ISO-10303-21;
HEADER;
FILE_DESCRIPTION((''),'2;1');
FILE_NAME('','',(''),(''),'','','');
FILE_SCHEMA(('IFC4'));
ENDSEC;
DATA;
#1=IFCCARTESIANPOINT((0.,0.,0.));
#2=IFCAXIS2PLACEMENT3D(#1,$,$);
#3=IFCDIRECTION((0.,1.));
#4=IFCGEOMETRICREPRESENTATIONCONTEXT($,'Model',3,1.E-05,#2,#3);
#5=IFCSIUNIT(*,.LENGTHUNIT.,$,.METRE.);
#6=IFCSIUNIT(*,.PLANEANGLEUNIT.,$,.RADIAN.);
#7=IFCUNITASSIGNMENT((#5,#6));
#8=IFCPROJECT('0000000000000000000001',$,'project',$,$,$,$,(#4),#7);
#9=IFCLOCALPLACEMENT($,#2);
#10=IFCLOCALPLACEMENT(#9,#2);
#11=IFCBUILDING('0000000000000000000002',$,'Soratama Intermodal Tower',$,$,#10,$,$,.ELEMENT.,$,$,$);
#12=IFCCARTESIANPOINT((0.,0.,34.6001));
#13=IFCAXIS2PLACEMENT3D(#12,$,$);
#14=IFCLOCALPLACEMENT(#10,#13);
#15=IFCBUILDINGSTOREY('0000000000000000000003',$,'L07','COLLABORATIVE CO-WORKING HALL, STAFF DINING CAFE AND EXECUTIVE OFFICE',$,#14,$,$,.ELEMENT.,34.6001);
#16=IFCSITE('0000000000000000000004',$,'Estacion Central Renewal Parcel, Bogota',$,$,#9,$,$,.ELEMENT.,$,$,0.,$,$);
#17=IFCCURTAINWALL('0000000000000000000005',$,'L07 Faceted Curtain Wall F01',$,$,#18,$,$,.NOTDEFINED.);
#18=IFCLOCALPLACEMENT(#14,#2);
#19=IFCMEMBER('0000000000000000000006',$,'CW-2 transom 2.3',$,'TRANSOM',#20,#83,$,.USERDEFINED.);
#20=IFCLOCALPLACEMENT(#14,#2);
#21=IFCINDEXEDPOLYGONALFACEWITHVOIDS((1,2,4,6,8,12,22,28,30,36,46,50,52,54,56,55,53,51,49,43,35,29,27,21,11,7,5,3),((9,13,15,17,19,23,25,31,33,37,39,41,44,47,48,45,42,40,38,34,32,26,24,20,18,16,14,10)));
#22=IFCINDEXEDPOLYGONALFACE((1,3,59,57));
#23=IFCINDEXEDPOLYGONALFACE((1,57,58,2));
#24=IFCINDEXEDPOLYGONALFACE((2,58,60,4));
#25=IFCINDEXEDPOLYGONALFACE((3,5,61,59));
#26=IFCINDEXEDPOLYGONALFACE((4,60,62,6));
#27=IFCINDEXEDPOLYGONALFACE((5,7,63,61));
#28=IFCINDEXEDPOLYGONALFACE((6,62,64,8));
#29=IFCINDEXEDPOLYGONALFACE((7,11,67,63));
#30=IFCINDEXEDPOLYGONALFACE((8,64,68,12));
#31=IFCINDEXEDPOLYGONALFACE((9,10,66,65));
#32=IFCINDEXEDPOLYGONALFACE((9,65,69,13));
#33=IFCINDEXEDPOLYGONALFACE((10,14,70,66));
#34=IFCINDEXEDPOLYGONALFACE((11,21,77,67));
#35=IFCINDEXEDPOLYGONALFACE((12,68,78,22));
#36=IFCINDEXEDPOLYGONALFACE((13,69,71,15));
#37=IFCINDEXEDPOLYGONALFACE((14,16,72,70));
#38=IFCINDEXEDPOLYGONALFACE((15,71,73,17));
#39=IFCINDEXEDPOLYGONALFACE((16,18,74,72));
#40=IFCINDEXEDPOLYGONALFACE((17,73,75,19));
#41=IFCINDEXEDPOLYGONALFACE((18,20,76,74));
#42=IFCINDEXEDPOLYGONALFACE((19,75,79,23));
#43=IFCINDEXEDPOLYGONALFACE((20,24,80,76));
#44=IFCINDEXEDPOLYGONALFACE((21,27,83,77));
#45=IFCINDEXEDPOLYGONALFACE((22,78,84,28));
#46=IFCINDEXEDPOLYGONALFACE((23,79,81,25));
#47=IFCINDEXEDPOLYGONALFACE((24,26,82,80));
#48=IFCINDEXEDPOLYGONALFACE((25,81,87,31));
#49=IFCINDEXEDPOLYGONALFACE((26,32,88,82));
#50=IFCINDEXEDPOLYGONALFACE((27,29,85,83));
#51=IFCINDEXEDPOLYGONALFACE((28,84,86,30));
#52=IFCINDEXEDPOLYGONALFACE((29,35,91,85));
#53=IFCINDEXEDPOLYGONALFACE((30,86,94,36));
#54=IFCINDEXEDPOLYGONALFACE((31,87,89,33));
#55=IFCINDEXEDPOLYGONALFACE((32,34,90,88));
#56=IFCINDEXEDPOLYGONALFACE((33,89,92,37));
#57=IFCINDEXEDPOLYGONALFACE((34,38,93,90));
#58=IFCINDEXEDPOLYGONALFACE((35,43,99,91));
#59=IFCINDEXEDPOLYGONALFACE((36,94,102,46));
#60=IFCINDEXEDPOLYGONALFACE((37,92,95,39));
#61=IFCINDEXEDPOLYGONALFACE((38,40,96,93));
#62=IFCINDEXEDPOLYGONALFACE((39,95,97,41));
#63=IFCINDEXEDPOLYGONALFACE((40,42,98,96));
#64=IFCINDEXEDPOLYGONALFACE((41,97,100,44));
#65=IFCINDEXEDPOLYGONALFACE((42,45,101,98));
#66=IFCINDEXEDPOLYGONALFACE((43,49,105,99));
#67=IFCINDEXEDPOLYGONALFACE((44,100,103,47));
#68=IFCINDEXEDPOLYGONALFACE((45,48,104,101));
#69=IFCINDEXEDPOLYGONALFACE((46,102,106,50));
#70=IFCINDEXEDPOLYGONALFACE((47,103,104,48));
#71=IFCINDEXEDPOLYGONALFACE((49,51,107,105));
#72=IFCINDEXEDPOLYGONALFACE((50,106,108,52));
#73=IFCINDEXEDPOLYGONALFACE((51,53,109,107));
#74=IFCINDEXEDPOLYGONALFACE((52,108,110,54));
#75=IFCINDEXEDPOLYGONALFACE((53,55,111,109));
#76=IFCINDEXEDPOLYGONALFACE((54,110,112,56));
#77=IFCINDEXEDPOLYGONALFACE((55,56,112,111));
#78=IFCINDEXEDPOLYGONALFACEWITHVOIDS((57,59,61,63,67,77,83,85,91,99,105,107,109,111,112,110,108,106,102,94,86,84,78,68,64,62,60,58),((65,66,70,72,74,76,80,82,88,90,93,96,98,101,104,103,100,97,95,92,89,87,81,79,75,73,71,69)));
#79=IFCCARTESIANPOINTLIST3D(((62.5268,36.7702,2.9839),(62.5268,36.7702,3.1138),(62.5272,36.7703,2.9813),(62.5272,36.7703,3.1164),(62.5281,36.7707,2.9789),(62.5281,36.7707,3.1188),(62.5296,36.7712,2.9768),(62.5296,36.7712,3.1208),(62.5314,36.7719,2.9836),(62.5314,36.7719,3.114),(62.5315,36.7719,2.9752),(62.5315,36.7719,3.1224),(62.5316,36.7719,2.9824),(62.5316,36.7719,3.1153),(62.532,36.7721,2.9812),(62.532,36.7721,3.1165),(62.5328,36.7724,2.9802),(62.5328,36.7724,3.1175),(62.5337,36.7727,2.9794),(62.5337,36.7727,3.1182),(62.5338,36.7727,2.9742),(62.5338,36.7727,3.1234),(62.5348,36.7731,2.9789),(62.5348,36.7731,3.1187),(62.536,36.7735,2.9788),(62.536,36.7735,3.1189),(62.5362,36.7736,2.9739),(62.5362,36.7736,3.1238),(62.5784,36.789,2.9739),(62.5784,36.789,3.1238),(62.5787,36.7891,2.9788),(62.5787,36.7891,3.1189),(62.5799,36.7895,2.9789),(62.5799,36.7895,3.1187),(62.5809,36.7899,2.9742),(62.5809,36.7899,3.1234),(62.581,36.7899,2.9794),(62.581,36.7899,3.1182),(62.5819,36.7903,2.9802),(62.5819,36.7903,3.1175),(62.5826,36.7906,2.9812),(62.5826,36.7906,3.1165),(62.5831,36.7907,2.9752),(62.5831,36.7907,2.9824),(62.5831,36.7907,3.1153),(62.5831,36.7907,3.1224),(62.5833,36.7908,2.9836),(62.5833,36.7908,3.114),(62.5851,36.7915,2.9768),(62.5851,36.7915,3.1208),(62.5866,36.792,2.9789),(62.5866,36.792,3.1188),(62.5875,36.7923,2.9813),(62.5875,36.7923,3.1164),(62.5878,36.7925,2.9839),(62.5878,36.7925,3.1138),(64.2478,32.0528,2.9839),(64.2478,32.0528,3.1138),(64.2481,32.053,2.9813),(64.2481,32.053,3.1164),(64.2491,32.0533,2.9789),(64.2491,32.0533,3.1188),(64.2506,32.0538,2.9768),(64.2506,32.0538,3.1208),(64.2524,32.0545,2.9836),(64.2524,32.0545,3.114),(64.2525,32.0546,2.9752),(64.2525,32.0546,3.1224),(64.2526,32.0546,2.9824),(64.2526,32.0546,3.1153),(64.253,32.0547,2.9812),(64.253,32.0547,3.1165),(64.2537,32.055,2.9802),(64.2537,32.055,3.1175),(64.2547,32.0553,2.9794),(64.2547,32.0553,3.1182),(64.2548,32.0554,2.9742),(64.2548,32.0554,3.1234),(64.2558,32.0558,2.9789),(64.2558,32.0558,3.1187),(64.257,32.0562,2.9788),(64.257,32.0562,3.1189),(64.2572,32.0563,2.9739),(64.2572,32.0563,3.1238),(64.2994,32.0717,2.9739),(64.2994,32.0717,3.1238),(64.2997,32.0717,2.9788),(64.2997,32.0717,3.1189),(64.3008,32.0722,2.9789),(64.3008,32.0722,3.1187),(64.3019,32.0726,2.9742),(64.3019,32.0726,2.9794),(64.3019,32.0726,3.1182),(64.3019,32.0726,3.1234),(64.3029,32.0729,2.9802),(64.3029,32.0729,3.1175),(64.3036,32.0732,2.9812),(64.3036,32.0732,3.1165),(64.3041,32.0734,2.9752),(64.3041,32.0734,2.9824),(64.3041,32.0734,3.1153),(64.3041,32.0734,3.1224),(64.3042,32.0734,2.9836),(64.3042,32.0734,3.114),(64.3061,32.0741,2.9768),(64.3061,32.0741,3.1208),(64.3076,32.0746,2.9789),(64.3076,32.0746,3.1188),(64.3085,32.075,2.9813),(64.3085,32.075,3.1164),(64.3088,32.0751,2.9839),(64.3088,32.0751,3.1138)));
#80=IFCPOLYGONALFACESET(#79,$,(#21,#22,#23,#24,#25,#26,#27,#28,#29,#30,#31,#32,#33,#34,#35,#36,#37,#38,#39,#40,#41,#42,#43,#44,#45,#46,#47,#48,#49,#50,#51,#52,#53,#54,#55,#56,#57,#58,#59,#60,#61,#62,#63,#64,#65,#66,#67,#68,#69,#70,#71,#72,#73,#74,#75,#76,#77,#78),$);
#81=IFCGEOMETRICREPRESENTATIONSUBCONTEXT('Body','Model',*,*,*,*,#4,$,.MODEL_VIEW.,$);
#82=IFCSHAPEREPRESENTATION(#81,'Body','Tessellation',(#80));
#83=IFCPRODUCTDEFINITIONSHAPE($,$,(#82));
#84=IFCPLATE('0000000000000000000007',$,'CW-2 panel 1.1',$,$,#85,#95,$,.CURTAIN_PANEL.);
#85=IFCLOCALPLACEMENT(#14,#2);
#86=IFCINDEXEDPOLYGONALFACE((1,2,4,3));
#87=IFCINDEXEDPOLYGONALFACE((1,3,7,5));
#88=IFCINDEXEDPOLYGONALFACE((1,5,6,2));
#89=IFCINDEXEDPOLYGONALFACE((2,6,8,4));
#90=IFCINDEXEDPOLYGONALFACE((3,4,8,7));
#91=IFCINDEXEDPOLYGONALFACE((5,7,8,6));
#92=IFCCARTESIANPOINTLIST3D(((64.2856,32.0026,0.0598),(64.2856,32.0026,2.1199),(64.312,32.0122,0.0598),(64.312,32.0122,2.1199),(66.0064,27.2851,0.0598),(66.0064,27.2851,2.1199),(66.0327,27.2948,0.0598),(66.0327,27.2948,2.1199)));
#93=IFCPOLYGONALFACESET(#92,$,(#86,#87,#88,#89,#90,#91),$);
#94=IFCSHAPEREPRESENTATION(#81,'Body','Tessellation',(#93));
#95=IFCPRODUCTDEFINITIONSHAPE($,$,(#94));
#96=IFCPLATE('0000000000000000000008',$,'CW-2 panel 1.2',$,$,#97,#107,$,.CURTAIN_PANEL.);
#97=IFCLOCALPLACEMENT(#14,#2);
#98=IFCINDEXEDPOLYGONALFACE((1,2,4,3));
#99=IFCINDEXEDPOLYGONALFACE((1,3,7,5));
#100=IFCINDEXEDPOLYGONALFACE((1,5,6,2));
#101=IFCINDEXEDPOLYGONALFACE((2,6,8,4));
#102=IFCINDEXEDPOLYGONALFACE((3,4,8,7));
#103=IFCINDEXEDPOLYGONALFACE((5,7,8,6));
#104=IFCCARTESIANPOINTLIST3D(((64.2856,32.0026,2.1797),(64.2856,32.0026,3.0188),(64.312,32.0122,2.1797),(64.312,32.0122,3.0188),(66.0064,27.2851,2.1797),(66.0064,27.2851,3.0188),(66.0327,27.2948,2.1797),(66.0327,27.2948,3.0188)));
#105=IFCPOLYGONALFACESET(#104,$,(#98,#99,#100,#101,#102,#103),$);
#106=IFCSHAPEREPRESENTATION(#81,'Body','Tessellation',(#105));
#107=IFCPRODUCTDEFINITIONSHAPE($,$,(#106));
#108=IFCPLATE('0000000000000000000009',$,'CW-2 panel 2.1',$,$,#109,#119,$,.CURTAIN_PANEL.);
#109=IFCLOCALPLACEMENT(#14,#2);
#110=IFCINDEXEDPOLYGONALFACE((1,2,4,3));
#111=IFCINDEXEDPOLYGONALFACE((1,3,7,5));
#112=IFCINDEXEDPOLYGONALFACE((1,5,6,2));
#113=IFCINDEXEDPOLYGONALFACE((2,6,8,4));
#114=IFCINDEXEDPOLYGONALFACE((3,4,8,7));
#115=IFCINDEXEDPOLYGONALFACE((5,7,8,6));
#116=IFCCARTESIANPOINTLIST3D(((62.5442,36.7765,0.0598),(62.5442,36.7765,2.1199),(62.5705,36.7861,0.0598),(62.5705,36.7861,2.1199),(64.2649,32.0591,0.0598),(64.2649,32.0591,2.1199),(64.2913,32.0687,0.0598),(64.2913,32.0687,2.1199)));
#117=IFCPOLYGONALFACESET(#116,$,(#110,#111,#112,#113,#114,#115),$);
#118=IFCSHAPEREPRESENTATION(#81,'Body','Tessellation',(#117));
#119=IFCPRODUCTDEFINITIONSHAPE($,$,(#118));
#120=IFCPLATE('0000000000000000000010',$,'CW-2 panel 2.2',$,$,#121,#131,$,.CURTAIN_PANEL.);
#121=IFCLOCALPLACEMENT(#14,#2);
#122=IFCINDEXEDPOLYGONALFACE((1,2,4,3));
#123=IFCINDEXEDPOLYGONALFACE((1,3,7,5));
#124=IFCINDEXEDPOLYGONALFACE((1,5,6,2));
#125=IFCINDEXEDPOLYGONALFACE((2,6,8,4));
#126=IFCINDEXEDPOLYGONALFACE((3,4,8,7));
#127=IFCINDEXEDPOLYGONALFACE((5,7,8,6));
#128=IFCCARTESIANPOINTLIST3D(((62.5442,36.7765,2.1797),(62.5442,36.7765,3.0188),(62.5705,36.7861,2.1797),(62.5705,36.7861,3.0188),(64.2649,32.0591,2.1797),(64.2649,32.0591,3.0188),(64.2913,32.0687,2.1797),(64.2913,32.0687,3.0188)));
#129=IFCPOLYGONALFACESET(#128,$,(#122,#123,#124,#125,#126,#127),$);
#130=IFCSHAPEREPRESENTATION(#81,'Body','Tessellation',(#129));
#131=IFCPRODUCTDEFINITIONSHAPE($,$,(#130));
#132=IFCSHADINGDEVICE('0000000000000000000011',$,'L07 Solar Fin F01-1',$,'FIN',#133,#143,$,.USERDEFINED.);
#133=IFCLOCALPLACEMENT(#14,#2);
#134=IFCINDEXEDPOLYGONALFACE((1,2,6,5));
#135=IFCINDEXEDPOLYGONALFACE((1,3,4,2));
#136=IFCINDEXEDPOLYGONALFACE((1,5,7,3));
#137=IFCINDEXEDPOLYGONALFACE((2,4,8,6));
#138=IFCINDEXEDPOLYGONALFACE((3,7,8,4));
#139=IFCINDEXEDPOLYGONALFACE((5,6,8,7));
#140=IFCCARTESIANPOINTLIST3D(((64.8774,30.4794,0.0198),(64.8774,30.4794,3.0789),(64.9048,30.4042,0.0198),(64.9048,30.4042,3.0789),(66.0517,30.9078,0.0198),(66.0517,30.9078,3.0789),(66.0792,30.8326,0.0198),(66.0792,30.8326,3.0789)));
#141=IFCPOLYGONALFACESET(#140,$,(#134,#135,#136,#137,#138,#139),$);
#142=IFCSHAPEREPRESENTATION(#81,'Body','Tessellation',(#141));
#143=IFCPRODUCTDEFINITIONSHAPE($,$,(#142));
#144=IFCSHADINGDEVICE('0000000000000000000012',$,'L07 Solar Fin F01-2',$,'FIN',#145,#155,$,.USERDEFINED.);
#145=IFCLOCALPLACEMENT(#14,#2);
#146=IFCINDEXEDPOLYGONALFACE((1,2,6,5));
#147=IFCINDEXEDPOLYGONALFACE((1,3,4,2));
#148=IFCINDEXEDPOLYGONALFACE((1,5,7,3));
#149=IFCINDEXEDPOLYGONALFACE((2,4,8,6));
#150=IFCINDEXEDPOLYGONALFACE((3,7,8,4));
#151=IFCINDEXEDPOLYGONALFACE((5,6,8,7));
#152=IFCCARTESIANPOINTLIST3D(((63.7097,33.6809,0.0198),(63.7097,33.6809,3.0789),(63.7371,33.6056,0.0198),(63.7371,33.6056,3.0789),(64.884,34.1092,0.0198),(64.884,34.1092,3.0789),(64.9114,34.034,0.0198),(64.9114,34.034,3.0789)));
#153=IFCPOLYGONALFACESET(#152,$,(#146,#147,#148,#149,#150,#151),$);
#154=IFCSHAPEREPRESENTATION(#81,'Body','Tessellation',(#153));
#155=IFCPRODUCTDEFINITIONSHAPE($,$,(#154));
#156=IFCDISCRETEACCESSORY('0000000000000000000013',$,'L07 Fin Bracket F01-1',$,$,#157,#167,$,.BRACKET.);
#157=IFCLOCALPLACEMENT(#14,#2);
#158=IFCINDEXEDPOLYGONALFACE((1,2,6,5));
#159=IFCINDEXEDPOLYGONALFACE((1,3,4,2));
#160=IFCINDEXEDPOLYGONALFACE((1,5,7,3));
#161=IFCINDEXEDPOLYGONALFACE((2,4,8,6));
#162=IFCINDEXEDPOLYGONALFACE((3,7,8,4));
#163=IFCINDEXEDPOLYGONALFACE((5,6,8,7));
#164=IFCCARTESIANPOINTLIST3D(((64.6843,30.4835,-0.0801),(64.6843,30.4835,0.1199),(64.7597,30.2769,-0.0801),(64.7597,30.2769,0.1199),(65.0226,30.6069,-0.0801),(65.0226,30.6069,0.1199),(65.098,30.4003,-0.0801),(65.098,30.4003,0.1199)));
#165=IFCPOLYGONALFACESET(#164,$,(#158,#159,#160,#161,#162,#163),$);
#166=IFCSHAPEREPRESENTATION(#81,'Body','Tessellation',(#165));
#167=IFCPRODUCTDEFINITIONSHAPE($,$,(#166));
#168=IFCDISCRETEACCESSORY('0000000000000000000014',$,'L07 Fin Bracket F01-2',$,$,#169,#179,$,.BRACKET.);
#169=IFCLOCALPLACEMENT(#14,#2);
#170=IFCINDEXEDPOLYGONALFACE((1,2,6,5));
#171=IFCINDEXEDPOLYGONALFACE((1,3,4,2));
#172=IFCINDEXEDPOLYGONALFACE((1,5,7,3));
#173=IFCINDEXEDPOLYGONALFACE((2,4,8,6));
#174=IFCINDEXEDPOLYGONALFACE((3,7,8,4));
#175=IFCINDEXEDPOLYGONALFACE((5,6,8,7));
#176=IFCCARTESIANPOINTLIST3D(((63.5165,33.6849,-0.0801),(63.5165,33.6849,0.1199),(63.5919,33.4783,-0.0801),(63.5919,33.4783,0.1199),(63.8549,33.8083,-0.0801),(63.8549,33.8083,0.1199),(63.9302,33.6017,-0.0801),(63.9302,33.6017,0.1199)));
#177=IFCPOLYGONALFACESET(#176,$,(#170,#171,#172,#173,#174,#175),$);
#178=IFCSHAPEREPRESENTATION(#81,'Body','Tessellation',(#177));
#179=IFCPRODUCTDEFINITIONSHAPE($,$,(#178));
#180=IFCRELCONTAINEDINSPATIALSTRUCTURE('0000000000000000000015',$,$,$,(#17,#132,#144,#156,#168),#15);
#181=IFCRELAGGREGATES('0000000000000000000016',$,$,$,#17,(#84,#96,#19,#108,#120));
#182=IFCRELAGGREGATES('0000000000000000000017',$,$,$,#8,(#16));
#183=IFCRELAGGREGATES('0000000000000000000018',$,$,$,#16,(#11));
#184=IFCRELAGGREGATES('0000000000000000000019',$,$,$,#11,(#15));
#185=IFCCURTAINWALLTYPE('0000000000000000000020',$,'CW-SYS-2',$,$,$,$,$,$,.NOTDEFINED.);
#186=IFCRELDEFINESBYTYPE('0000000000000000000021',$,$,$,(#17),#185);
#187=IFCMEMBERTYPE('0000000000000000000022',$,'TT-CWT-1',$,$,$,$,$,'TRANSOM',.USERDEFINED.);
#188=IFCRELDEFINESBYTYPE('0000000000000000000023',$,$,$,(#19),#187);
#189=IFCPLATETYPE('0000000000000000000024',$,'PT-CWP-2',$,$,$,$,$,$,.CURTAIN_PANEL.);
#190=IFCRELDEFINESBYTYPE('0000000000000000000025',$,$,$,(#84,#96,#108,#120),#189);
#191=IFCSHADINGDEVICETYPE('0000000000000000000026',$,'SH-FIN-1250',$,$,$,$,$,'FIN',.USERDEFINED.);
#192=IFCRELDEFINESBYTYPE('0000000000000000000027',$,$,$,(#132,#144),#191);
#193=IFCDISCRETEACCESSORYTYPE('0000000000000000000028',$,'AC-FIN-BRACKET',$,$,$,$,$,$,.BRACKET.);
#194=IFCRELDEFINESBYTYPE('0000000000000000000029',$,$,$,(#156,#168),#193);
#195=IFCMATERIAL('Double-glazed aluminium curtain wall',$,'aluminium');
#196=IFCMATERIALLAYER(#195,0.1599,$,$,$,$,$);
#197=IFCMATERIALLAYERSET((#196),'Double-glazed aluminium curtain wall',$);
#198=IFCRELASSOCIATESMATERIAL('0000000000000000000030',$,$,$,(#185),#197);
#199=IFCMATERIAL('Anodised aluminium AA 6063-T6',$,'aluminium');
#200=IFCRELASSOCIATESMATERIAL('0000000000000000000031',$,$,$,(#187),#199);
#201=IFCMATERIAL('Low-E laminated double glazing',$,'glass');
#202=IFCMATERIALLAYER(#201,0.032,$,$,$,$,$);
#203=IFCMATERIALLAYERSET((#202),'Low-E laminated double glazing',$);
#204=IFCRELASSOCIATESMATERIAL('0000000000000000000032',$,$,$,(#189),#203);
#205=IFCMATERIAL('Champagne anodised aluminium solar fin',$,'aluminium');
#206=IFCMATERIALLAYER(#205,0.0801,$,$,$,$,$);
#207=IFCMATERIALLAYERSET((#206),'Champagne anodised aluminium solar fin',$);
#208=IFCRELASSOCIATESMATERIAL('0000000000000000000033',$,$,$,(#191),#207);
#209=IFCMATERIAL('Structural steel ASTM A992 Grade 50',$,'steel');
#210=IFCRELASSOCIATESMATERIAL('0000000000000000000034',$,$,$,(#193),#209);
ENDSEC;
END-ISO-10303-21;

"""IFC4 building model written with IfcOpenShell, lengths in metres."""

from ifc_helpers import new_model, si_unit, direction, frame, origin, origin_2d, place, context, subcontext, project, spatial, rectangle, hollow_rectangle, extrude, material, layer, layer_set, material_profile, profile_set, type_object, element, aggregate, save


model = new_model("IFC4")

# Units and contexts
model_context = context("Model", 3, precision=1e-05, world=origin(), true_north=direction((0.0, 1.0)))
body_context = subcontext(model_context, "Body", "Model", "MODEL_VIEW")
ifc_project = project(units=[si_unit("LENGTHUNIT", "METRE"), si_unit("PLANEANGLEUNIT", "RADIAN")], contexts=[model_context])

# Site, building, storey
site_placement = place(None, origin())
site = spatial("IfcSite", under=ifc_project, at=site_placement, Name="Estacion Central Renewal Parcel, Bogota", CompositionType="ELEMENT", RefElevation=0.0)
building_placement = place(site_placement, origin())
building = spatial("IfcBuilding", under=site, at=building_placement, Name="Soratama Intermodal Tower", CompositionType="ELEMENT")
storey_placement = place(building_placement, frame((0.0, 0.0, 34.6001)))
storey = spatial("IfcBuildingStorey", under=building, at=storey_placement, Name="L07", Description="COLLABORATIVE CO-WORKING HALL, STAFF DINING CAFE AND EXECUTIVE OFFICE", CompositionType="ELEMENT", Elevation=34.6001)

# Curtain wall, member, plates
ifc_material_1 = material(Name="Double-glazed aluminium curtain wall", Category="aluminium")
ifc_layer_1 = layer(ifc_material_1, 0.1599)
ifc_layer_set_1 = layer_set([ifc_layer_1], Name="Double-glazed aluminium curtain wall")
curtain_wall_type = type_object("IfcCurtainWallType", Name="CW-SYS-2", PredefinedType="NOTDEFINED", material=ifc_layer_set_1)
curtain_wall_placement = place(storey_placement, origin())
curtain_wall = element("IfcCurtainWall", 1, at=curtain_wall_placement, inside=storey, type_object=curtain_wall_type, Name="L07 Faceted Curtain Wall F01", PredefinedType="NOTDEFINED")
ifc_material_2 = material(Name="Anodised aluminium AA 6063-T6", Category="aluminium")
ifc_material_profile_1 = material_profile(ifc_material_2, hollow_rectangle(XDim=0.0649, YDim=0.1499, WallThickness=0.0049, InnerFilletRadius=0.0049, OuterFilletRadius=0.01, at=origin_2d()), Name="CWT150X65X5")
ifc_profile_set_1 = profile_set([ifc_material_profile_1], Name="Anodised aluminium AA 6063-T6")
member_type_1 = type_object("IfcMemberType", Name="TT-CWT-1", ElementType="TRANSOM", PredefinedType="USERDEFINED", material=ifc_profile_set_1)
member_1_placement = place(storey_placement, frame((64.2783, 32.064, 3.0488), z_axis=(-0.342723, 0.939437, 0.0), x_axis=(-0.939437, -0.342723, 0.0)))
member_1 = element("IfcMember", 2, at=member_1_placement, type_object=member_type_1, Name="CW-2 transom 2.3", ObjectType="TRANSOM", PredefinedType="USERDEFINED", context=body_context, shape_type="SweptSolid", body=[
    extrude(hollow_rectangle(XDim=0.0649, YDim=0.1499, WallThickness=0.0049, InnerFilletRadius=0.0049, OuterFilletRadius=0.01, at=origin_2d()), origin(), (0.0, 0.0, 1.0), 5.0215),
])
ifc_material_3 = material(Name="Low-E laminated double glazing", Category="glass")
ifc_layer_2 = layer(ifc_material_3, 0.032)
ifc_layer_set_2 = layer_set([ifc_layer_2], Name="Low-E laminated double glazing")
plate_type = type_object("IfcPlateType", Name="PT-CWP-2", PredefinedType="CURTAIN_PANEL", material=ifc_layer_set_2)
plate_1_placement = place(storey_placement, frame((65.1592, 29.6487, 0.0598), z_axis=(0.0, 0.0, 1.0), x_axis=(-0.342679, 0.939453, 0.0)))
plate_1 = element("IfcPlate", 3, at=plate_1_placement, type_object=plate_type, Name="CW-2 panel 1.1", PredefinedType="CURTAIN_PANEL", context=body_context, shape_type="SweptSolid", body=[
    extrude(rectangle(XDim=5.0215, YDim=0.0281, at=origin_2d()), origin(), (0.0, 0.0, 1.0), 2.0601),
])
plate_2_placement = place(storey_placement, frame((65.1592, 29.6487, 2.1797), z_axis=(0.0, 0.0, 1.0), x_axis=(-0.342679, 0.939453, 0.0)))
plate_2 = element("IfcPlate", 4, at=plate_2_placement, type_object=plate_type, Name="CW-2 panel 1.2", PredefinedType="CURTAIN_PANEL", context=body_context, shape_type="SweptSolid", body=[
    extrude(rectangle(XDim=5.0215, YDim=0.0281, at=origin_2d()), origin(), (0.0, 0.0, 1.0), 0.8391),
])
plate_3_placement = place(storey_placement, frame((63.4177, 34.4226, 0.0598), z_axis=(0.0, 0.0, 1.0), x_axis=(-0.342679, 0.939453, 0.0)))
plate_3 = element("IfcPlate", 5, at=plate_3_placement, type_object=plate_type, Name="CW-2 panel 2.1", PredefinedType="CURTAIN_PANEL", context=body_context, shape_type="SweptSolid", body=[
    extrude(rectangle(XDim=5.0215, YDim=0.0281, at=origin_2d()), origin(), (0.0, 0.0, 1.0), 2.0601),
])
plate_4_placement = place(storey_placement, frame((63.4177, 34.4226, 2.1797), z_axis=(0.0, 0.0, 1.0), x_axis=(-0.342679, 0.939453, 0.0)))
plate_4 = element("IfcPlate", 6, at=plate_4_placement, type_object=plate_type, Name="CW-2 panel 2.2", PredefinedType="CURTAIN_PANEL", context=body_context, shape_type="SweptSolid", body=[
    extrude(rectangle(XDim=5.0215, YDim=0.0281, at=origin_2d()), origin(), (0.0, 0.0, 1.0), 0.8391),
])
aggregate(curtain_wall, [plate_1, plate_2, member_1, plate_3, plate_4])

# Shading devices
ifc_material_4 = material(Name="Champagne anodised aluminium solar fin", Category="aluminium")
ifc_layer_3 = layer(ifc_material_4, 0.0801)
ifc_layer_set_3 = layer_set([ifc_layer_3], Name="Champagne anodised aluminium solar fin")
shading_device_type = type_object("IfcShadingDeviceType", Name="SH-FIN-1250", ElementType="FIN", PredefinedType="USERDEFINED", material=ifc_layer_set_3)
for number, where, z_axis, x_axis, name in (
    (7, (65.4783, 30.656, 0.0198), (0.0, 0.0, 1.0), (0.939454, 0.342676, 0.0), "L07 Solar Fin F01-1"),
    (8, (64.3105, 33.8574, 0.0198), (0.0, 0.0, 1.0), (0.939454, 0.342676, 0.0), "L07 Solar Fin F01-2"),
):
    element("IfcShadingDevice", number, at=place(storey_placement, frame(where, z_axis=z_axis, x_axis=x_axis)), inside=storey, type_object=shading_device_type, Name=name, ObjectType="FIN", PredefinedType="USERDEFINED", context=body_context, shape_type="SweptSolid", body=[
        extrude(rectangle(XDim=1.25, YDim=0.0801, at=origin_2d()), origin(), (0.0, 0.0, 1.0), 3.0591),
    ])

# Discrete accessories
ifc_material_5 = material(Name="Structural steel ASTM A992 Grade 50", Category="steel")
discrete_accessory_type = type_object("IfcDiscreteAccessoryType", Name="AC-FIN-BRACKET", PredefinedType="BRACKET", material=ifc_material_5)
for number, where, z_axis, x_axis, name in (
    (9, (64.8911, 30.4419, -0.0801), (0.0, 0.0, 1.0), (0.939454, 0.342676, 0.0), "L07 Fin Bracket F01-1"),
    (10, (63.7234, 33.6433, -0.0801), (0.0, 0.0, 1.0), (0.939454, 0.342676, 0.0), "L07 Fin Bracket F01-2"),
):
    element("IfcDiscreteAccessory", number, at=place(storey_placement, frame(where, z_axis=z_axis, x_axis=x_axis)), inside=storey, type_object=discrete_accessory_type, Name=name, PredefinedType="BRACKET", context=body_context, shape_type="SweptSolid", body=[
        extrude(rectangle(XDim=0.3601, YDim=0.22, at=origin_2d()), origin(), (0.0, 0.0, 1.0), 0.2),
    ])

save(model, "model.ifc")
